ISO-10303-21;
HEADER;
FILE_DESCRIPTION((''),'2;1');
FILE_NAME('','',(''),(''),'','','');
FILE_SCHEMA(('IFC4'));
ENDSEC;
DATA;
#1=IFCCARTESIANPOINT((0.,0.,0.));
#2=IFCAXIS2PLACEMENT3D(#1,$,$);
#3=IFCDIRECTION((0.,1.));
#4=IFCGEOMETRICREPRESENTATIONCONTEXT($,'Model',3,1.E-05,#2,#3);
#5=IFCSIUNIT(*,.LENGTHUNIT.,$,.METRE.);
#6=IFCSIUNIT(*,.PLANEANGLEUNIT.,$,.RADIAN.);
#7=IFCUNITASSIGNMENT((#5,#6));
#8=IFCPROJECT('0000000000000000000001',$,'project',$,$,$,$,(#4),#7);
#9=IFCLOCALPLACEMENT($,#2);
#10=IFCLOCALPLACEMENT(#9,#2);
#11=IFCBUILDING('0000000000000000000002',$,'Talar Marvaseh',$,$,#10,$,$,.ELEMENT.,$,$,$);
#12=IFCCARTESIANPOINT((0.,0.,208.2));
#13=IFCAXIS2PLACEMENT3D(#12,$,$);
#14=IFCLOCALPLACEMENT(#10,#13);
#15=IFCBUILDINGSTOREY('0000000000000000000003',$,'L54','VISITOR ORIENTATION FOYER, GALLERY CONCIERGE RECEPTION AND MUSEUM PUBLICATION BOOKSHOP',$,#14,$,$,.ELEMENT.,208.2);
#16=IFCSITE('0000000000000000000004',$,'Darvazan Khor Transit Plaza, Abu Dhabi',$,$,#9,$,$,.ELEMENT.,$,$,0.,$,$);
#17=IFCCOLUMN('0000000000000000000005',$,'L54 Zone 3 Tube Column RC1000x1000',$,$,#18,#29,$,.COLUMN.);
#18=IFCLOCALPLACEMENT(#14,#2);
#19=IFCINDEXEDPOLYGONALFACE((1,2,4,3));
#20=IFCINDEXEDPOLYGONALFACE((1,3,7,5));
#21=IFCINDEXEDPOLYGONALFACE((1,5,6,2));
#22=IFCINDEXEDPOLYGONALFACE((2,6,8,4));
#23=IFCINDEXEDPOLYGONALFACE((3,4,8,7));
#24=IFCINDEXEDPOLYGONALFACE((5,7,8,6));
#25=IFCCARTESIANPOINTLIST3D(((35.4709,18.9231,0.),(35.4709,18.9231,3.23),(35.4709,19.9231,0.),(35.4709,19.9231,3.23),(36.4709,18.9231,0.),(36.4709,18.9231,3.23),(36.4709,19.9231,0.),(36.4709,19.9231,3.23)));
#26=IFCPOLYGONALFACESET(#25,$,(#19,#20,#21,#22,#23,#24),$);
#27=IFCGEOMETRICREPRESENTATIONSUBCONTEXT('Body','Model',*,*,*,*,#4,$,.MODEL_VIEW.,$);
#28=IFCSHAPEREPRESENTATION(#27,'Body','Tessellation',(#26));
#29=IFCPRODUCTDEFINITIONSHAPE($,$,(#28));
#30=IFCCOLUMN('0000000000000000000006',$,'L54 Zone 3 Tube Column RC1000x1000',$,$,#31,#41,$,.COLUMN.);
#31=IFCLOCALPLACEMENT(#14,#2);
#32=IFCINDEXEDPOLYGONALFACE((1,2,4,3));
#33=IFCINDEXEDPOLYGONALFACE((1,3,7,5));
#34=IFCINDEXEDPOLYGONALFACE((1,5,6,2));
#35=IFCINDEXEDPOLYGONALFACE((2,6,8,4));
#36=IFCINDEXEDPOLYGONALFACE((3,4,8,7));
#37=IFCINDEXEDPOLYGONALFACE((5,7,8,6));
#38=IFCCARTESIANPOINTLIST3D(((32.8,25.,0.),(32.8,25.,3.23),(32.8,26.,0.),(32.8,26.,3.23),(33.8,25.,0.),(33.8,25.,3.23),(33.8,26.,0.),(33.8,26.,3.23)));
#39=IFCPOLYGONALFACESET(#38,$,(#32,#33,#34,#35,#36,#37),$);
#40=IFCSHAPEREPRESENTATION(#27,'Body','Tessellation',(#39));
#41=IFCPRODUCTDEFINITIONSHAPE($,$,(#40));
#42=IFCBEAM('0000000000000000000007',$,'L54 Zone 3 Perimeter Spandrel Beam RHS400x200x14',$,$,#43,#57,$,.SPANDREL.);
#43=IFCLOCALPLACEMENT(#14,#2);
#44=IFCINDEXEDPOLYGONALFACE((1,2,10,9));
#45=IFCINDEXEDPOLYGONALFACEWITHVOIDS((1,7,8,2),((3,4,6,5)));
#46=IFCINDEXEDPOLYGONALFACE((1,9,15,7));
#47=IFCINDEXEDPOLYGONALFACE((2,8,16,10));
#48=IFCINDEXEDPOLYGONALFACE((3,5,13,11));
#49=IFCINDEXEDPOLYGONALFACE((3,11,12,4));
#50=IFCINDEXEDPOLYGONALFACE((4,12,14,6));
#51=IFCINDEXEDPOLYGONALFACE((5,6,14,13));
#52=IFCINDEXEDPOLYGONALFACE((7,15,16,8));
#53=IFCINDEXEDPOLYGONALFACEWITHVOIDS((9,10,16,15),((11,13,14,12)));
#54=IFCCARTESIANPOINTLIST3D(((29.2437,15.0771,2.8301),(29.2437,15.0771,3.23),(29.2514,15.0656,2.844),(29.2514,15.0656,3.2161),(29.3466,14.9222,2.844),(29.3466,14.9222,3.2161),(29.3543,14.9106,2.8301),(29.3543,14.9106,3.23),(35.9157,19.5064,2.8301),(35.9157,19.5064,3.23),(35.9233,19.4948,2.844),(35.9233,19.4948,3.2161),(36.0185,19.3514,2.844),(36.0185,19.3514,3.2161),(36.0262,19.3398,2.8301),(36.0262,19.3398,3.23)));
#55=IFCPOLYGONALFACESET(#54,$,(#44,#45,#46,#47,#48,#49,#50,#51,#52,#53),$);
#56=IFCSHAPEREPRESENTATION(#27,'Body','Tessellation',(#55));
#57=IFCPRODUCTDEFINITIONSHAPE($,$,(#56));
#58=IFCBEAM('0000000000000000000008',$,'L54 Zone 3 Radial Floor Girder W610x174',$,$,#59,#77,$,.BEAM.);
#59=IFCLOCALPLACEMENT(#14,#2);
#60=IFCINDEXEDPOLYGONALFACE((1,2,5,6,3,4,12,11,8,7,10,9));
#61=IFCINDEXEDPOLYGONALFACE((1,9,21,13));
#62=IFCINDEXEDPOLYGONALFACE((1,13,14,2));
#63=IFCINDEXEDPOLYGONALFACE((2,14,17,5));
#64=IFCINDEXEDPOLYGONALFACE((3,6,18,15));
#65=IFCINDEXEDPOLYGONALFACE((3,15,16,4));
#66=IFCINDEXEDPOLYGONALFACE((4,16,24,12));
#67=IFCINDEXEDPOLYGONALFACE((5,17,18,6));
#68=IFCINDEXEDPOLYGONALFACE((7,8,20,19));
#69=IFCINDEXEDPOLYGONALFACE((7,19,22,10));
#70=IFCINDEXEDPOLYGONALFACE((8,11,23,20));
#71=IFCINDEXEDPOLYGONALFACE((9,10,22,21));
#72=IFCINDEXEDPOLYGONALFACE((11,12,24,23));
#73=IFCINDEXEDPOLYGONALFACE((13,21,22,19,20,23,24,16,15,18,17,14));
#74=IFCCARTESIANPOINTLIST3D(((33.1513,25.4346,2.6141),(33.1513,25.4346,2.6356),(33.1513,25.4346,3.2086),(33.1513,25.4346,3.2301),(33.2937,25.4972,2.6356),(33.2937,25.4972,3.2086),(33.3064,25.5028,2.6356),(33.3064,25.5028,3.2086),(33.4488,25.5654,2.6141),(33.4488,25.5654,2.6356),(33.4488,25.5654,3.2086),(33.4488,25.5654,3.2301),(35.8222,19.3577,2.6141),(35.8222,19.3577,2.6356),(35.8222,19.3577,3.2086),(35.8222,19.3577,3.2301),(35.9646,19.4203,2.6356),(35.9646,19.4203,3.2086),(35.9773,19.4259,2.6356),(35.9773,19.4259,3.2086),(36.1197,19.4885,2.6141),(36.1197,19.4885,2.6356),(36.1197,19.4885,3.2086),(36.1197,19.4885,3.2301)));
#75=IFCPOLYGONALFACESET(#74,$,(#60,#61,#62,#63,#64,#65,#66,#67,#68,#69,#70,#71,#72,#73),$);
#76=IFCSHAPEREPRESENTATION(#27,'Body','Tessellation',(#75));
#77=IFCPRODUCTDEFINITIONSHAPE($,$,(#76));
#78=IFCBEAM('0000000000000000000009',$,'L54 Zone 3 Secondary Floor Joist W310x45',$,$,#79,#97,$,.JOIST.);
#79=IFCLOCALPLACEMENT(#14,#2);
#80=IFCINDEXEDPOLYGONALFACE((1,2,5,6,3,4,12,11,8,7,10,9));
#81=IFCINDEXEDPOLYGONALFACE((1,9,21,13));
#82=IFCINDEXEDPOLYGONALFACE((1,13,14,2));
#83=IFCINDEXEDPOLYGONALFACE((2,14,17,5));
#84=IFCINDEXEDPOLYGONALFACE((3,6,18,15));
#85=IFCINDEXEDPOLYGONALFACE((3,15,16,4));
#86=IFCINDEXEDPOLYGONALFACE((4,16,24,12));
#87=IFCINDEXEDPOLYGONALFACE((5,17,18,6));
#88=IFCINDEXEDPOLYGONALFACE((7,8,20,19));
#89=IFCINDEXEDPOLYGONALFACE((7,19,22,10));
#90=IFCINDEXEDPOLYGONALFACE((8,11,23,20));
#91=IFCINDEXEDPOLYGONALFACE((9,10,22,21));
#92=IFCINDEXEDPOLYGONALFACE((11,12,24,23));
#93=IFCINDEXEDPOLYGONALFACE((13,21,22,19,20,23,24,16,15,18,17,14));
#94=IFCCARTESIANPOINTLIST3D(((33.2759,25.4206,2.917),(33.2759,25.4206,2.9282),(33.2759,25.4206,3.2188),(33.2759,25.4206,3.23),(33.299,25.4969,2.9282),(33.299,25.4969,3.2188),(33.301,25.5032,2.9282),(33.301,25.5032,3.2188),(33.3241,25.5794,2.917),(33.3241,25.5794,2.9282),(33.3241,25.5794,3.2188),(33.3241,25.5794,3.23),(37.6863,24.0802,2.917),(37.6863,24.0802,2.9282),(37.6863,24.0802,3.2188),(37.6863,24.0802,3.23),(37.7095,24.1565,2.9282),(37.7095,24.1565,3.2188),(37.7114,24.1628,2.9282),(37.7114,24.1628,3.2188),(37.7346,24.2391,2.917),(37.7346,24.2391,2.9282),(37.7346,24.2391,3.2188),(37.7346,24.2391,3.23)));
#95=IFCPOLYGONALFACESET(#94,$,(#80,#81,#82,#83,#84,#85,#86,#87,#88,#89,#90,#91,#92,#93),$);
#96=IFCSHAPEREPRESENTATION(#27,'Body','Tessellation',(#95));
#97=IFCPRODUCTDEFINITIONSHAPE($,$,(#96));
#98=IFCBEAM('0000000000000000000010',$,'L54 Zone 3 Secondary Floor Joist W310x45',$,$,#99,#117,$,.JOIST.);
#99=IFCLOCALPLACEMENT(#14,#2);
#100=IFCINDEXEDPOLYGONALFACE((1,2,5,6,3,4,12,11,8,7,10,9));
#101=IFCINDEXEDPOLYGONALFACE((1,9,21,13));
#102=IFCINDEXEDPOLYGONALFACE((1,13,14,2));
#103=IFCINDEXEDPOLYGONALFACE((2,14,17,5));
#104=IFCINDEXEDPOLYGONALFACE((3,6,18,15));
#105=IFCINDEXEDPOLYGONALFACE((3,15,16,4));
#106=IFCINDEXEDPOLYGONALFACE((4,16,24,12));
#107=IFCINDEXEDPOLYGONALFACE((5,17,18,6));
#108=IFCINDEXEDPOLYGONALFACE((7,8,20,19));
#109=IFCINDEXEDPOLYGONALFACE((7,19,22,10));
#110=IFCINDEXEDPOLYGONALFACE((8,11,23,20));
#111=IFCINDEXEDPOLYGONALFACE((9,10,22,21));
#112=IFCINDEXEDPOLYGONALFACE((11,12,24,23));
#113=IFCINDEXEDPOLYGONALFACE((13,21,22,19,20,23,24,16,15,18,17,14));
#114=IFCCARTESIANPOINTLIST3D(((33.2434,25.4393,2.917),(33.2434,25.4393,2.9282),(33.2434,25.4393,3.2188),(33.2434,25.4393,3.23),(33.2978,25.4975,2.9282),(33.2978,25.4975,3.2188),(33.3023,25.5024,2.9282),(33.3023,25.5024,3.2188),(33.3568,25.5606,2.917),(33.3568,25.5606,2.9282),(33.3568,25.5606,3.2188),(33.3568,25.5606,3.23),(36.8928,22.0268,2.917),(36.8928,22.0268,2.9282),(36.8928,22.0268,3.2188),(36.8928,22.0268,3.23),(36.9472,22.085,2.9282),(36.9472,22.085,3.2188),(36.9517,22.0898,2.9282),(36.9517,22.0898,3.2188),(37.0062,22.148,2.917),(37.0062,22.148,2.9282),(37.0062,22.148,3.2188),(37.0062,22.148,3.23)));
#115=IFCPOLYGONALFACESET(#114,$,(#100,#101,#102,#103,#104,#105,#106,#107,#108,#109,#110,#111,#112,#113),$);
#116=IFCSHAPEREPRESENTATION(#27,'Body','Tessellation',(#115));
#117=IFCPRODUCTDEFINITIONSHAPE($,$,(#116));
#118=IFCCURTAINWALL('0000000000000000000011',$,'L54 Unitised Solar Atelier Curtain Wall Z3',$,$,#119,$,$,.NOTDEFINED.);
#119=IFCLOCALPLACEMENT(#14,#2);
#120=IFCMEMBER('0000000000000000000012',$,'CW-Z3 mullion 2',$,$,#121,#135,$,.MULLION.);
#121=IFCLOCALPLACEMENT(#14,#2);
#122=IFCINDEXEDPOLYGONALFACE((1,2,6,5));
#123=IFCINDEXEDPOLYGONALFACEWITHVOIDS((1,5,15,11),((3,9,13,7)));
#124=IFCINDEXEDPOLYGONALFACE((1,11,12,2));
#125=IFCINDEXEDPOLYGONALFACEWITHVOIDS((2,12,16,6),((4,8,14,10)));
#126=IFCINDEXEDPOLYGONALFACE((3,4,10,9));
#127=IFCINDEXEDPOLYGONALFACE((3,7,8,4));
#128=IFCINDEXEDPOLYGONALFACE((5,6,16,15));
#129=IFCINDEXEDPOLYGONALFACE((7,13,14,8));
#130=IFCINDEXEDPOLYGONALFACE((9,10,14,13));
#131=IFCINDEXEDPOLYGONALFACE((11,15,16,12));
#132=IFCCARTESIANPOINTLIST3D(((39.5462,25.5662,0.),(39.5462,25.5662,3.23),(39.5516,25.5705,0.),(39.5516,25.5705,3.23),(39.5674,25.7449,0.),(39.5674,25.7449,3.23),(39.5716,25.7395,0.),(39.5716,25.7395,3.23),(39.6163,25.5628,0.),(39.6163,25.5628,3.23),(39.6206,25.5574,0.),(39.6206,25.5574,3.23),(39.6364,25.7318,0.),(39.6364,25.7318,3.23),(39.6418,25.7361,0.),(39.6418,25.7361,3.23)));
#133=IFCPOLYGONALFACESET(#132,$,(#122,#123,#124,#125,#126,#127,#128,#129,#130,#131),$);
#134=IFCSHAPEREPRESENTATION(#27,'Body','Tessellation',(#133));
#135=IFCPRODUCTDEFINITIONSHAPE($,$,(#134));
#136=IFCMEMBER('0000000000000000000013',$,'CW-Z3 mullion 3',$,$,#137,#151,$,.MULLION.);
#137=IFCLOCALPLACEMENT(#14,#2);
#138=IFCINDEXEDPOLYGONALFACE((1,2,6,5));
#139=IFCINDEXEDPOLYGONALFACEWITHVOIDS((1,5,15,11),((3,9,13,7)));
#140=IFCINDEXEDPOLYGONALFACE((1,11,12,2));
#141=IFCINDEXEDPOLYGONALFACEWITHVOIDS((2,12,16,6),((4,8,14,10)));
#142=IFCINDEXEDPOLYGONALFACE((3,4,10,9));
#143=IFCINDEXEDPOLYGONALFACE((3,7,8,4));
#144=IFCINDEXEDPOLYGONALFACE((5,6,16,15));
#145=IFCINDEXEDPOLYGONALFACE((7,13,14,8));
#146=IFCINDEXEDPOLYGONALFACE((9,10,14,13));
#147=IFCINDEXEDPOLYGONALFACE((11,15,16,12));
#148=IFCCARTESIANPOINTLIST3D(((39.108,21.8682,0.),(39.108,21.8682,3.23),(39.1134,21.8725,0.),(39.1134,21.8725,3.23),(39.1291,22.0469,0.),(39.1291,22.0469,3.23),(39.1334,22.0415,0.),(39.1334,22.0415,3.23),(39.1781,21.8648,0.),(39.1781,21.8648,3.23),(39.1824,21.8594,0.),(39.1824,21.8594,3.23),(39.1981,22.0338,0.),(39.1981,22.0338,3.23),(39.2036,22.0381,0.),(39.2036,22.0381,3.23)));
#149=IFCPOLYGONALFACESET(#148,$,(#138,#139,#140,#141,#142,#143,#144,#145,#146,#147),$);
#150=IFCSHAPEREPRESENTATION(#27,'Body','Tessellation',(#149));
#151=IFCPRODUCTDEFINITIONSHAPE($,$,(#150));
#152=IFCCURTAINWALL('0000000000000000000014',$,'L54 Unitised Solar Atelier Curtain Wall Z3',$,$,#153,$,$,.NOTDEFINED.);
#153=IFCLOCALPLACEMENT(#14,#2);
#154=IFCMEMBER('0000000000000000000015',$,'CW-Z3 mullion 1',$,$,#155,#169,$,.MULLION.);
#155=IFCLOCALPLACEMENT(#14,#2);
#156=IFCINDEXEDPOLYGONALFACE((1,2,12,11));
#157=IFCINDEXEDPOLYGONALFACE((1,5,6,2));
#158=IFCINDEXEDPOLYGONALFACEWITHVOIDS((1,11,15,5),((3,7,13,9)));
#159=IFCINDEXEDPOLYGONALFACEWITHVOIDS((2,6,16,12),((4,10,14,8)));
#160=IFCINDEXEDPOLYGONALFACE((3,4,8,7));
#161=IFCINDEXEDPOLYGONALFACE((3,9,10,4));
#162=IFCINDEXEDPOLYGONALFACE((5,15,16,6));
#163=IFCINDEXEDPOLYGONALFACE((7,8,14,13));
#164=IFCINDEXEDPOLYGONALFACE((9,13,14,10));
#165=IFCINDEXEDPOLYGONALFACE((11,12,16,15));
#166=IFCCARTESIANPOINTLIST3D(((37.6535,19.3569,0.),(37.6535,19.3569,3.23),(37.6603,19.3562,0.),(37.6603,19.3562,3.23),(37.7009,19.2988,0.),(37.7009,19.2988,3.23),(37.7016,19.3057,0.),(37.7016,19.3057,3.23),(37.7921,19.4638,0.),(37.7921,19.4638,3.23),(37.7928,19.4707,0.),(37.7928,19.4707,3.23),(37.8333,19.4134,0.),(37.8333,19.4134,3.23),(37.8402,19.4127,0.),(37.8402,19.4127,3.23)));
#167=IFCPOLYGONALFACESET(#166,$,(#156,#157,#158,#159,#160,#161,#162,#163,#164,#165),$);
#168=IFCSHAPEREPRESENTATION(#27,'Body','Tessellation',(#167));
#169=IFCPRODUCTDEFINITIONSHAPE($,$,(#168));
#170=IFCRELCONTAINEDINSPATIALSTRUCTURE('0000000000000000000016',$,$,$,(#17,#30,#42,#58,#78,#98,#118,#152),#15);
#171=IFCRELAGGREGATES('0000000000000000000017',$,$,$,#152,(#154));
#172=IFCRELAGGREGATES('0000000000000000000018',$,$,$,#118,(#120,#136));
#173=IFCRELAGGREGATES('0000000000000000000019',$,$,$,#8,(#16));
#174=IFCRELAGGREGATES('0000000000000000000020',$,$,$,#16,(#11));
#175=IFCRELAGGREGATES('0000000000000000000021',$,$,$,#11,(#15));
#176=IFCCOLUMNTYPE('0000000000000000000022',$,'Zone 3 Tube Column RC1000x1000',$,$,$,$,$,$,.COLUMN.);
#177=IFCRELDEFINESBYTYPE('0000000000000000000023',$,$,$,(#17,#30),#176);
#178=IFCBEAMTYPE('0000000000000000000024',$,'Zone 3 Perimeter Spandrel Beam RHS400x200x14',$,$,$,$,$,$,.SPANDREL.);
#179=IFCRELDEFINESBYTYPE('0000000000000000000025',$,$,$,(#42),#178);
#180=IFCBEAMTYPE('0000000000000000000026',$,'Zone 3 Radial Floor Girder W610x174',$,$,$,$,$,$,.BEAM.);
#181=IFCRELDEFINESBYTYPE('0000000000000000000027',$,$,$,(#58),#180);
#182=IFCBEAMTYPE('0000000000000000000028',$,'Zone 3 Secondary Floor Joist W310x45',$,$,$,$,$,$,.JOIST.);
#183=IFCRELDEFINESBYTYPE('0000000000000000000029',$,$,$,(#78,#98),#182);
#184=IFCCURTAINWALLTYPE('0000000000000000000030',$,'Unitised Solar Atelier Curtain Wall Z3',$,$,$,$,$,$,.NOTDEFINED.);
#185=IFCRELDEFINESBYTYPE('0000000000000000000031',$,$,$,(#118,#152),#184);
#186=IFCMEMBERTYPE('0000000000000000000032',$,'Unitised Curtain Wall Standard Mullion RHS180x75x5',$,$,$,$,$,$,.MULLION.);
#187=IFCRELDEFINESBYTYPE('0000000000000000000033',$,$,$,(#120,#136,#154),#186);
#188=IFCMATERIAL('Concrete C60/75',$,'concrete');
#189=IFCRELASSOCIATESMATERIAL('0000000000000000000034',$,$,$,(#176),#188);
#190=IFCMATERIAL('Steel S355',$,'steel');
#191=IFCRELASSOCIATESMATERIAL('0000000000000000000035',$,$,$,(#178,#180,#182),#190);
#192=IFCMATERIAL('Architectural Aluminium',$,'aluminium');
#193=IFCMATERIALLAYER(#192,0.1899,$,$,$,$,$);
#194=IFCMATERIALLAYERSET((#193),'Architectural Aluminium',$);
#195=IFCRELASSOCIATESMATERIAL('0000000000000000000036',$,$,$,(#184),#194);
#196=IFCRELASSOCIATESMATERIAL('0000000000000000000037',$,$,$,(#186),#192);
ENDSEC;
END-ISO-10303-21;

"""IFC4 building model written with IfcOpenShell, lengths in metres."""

from ifc_helpers import new_model, si_unit, direction, frame, origin, origin_2d, place, context, subcontext, project, spatial, rectangle, hollow_rectangle, i_section, extrude, source, transform, mapped, material, layer, layer_set, material_profile, profile_set, type_object, type_shapes, element, aggregate, save


model = new_model("IFC4")

# Units and contexts
model_context = context("Model", 3, precision=1e-05, world=origin(), true_north=direction((0.0, 1.0)))
body_context = subcontext(model_context, "Body", "Model", "MODEL_VIEW")
ifc_project = project(units=[si_unit("LENGTHUNIT", "METRE"), si_unit("PLANEANGLEUNIT", "RADIAN")], contexts=[model_context])

# Site, building, storey
site_placement = place(None, origin())
site = spatial("IfcSite", under=ifc_project, at=site_placement, Name="Darvazan Khor Transit Plaza, Abu Dhabi", CompositionType="ELEMENT", RefElevation=0.0)
building_placement = place(site_placement, origin())
building = spatial("IfcBuilding", under=site, at=building_placement, Name="Talar Marvaseh", CompositionType="ELEMENT")
storey_placement = place(building_placement, frame((0.0, 0.0, 208.2)))
storey = spatial("IfcBuildingStorey", under=building, at=storey_placement, Name="L54", Description="VISITOR ORIENTATION FOYER, GALLERY CONCIERGE RECEPTION AND MUSEUM PUBLICATION BOOKSHOP", CompositionType="ELEMENT", Elevation=208.2)

# Columns
ifc_material_1 = material(Name="Concrete C60/75", Category="concrete")
ifc_material_profile_1 = material_profile(ifc_material_1, rectangle(XDim=1.0, YDim=1.0, at=origin_2d()), Name="RC1000x1000")
ifc_profile_set_1 = profile_set([ifc_material_profile_1], Name="Concrete C60/75")
column_type = type_object("IfcColumnType", Name="Zone 3 Tube Column RC1000x1000", PredefinedType="COLUMN", material=ifc_profile_set_1)
for number, where, z_axis, x_axis, name in (
    (1, (35.9709, 19.4231, 0.0), (0.0, 0.0, 1.0), (1.0, 0.0, 0.0), "L54 Zone 3 Tube Column RC1000x1000"),
    (2, (33.3, 25.5, 0.0), (0.0, 0.0, 1.0), (1.0, 0.0, 0.0), "L54 Zone 3 Tube Column RC1000x1000"),
):
    element("IfcColumn", number, at=place(storey_placement, frame(where, z_axis=z_axis, x_axis=x_axis)), inside=storey, type_object=column_type, Name=name, PredefinedType="COLUMN", context=body_context, shape_type="SweptSolid", body=[
        extrude(rectangle(XDim=1.0, YDim=1.0, at=origin_2d()), origin(), (0.0, 0.0, 1.0), 3.23),
    ])

# Beams
ifc_material_2 = material(Name="Steel S355", Category="steel")
ifc_material_profile_2 = material_profile(ifc_material_2, hollow_rectangle(XDim=0.2, YDim=0.3999, WallThickness=0.0139, at=origin_2d()), Name="RHS400x200x14")
ifc_profile_set_2 = profile_set([ifc_material_profile_2], Name="Steel S355")
beam_type_1 = type_object("IfcBeamType", Name="Zone 3 Perimeter Spandrel Beam RHS400x200x14", PredefinedType="SPANDREL", material=ifc_profile_set_2)
beam_1_placement = place(storey_placement, frame((35.9709, 19.4231, 3.03), z_axis=(-0.833127, -0.553081, 0.0), x_axis=(0.553081, -0.833127, 0.0)))
element("IfcBeam", 3, at=beam_1_placement, inside=storey, type_object=beam_type_1, Name="L54 Zone 3 Perimeter Spandrel Beam RHS400x200x14", PredefinedType="SPANDREL", context=body_context, shape_type="SweptSolid", body=[
    extrude(hollow_rectangle(XDim=0.2, YDim=0.3999, WallThickness=0.0139, at=origin_2d()), origin(), (0.0, 0.0, 1.0), 8.0083),
])
ifc_material_profile_3 = material_profile(ifc_material_2, i_section(OverallWidth=0.325, OverallDepth=0.616, WebThickness=0.0139, FlangeThickness=0.0215, at=origin_2d()), Name="W610x174")
ifc_profile_set_3 = profile_set([ifc_material_profile_3], Name="Steel S355")
beam_type_2 = type_object("IfcBeamType", Name="Zone 3 Radial Floor Girder W610x174", PredefinedType="BEAM", material=ifc_profile_set_3)
beam_2_placement = place(storey_placement, frame((35.9709, 19.4231, 2.9221), z_axis=(-0.402368, 0.915478, 0.0), x_axis=(-0.915478, -0.402368, 0.0)))
element("IfcBeam", 4, at=beam_2_placement, inside=storey, type_object=beam_type_2, Name="L54 Zone 3 Radial Floor Girder W610x174", PredefinedType="BEAM", context=body_context, shape_type="SweptSolid", body=[
    extrude(i_section(OverallWidth=0.325, OverallDepth=0.616, WebThickness=0.0139, FlangeThickness=0.0215, at=origin_2d()), origin(), (0.0, 0.0, 1.0), 6.6379),
])
ifc_material_profile_4 = material_profile(ifc_material_2, i_section(OverallWidth=0.166, OverallDepth=0.313, WebThickness=0.0066, FlangeThickness=0.0112, at=origin_2d()), Name="W310x45")
ifc_profile_set_4 = profile_set([ifc_material_profile_4], Name="Steel S355")
beam_type_3 = type_object("IfcBeamType", Name="Zone 3 Secondary Floor Joist W310x45", PredefinedType="JOIST", material=ifc_profile_set_4)
beam_3_placement = place(storey_placement, frame((37.7104, 24.1597, 3.0735), z_axis=(-0.956792, 0.290772, 0.0), x_axis=(-0.290772, -0.956792, 0.0)))
element("IfcBeam", 5, at=beam_3_placement, inside=storey, type_object=beam_type_3, Name="L54 Zone 3 Secondary Floor Joist W310x45", PredefinedType="JOIST", context=body_context, shape_type="SweptSolid", body=[
    extrude(i_section(OverallWidth=0.166, OverallDepth=0.313, WebThickness=0.0066, FlangeThickness=0.0112, at=origin_2d()), origin(), (0.0, 0.0, 1.0), 4.6096),
])
beam_4_placement = place(storey_placement, frame((36.9495, 22.0874, 3.0735), z_axis=(-0.730408, 0.683011, 0.0), x_axis=(-0.683011, -0.730408, 0.0)))
element("IfcBeam", 6, at=beam_4_placement, inside=storey, type_object=beam_type_3, Name="L54 Zone 3 Secondary Floor Joist W310x45", PredefinedType="JOIST", context=body_context, shape_type="SweptSolid", body=[
    extrude(i_section(OverallWidth=0.166, OverallDepth=0.313, WebThickness=0.0066, FlangeThickness=0.0112, at=origin_2d()), origin(), (0.0, 0.0, 1.0), 4.9963),
])

# Curtain walls, members
ifc_material_3 = material(Name="Architectural Aluminium", Category="aluminium")
ifc_layer_1 = layer(ifc_material_3, 0.1899)
ifc_layer_set_1 = layer_set([ifc_layer_1], Name="Architectural Aluminium")
curtain_wall_type = type_object("IfcCurtainWallType", Name="Unitised Solar Atelier Curtain Wall Z3", PredefinedType="NOTDEFINED", material=ifc_layer_set_1)
curtain_wall_1_placement = place(storey_placement, origin())
curtain_wall_1 = element("IfcCurtainWall", 7, at=curtain_wall_1_placement, inside=storey, type_object=curtain_wall_type, Name="L54 Unitised Solar Atelier Curtain Wall Z3", PredefinedType="NOTDEFINED")
ifc_material_profile_5 = material_profile(ifc_material_3, hollow_rectangle(XDim=0.075, YDim=0.1799, WallThickness=0.0049, at=origin_2d()), Name="RHS180x75x5")
ifc_profile_set_5 = profile_set([ifc_material_profile_5], Name="Architectural Aluminium")
member_type_1 = type_object("IfcMemberType", Name="Unitised Curtain Wall Standard Mullion RHS180x75x5", PredefinedType="MULLION", material=ifc_profile_set_5)
shared_shape_1 = source(origin(), body_context, "Body", "SweptSolid", [
    extrude(hollow_rectangle(XDim=0.075, YDim=0.1799, WallThickness=0.0049, at=origin_2d()), origin(), (0.0, 0.0, 1.0), 3.23),
])
type_shapes(member_type_1, [shared_shape_1])
member_1_placement = place(storey_placement, frame((39.594, 25.6511, 0.0), z_axis=(0.0, 0.0, 1.0), x_axis=(0.993051, -0.117689, 0.0)))
member_1 = element("IfcMember", 8, at=member_1_placement, type_object=member_type_1, Name="CW-Z3 mullion 2", PredefinedType="MULLION", context=body_context, shape_type="MappedRepresentation", body=[
    mapped(shared_shape_1, transform((0.0, 0.0, 0.0), x_axis=(1.0, 0.0, 0.0), y_axis=(0.0, 1.0, 0.0), z_axis=(0.0, 0.0, 1.0), scale=1.0)),
])
member_2_placement = place(storey_placement, frame((39.1558, 21.9531, 0.0), z_axis=(0.0, 0.0, 1.0), x_axis=(0.993051, -0.117689, 0.0)))
member_2 = element("IfcMember", 9, at=member_2_placement, type_object=member_type_1, Name="CW-Z3 mullion 3", PredefinedType="MULLION", context=body_context, shape_type="MappedRepresentation", body=[
    mapped(shared_shape_1, transform((0.0, 0.0, 0.0), x_axis=(1.0, 0.0, 0.0), y_axis=(0.0, 1.0, 0.0), z_axis=(0.0, 0.0, 1.0), scale=1.0)),
])
curtain_wall_2_placement = place(storey_placement, origin())
curtain_wall_2 = element("IfcCurtainWall", 10, at=curtain_wall_2_placement, inside=storey, type_object=curtain_wall_type, Name="L54 Unitised Solar Atelier Curtain Wall Z3", PredefinedType="NOTDEFINED")
member_3_placement = place(storey_placement, frame((37.7468, 19.3848, 0.0), z_axis=(0.0, 0.0, 1.0), x_axis=(0.632822, -0.774297, 0.0)))
member_3 = element("IfcMember", 11, at=member_3_placement, type_object=member_type_1, Name="CW-Z3 mullion 1", PredefinedType="MULLION", context=body_context, shape_type="MappedRepresentation", body=[
    mapped(shared_shape_1, transform((0.0, 0.0, 0.0), x_axis=(1.0, 0.0, 0.0), y_axis=(0.0, 1.0, 0.0), z_axis=(0.0, 0.0, 1.0), scale=1.0)),
])
aggregate(curtain_wall_2, [member_3])

aggregate(curtain_wall_1, [member_1, member_2])

save(model, "model.ifc")
